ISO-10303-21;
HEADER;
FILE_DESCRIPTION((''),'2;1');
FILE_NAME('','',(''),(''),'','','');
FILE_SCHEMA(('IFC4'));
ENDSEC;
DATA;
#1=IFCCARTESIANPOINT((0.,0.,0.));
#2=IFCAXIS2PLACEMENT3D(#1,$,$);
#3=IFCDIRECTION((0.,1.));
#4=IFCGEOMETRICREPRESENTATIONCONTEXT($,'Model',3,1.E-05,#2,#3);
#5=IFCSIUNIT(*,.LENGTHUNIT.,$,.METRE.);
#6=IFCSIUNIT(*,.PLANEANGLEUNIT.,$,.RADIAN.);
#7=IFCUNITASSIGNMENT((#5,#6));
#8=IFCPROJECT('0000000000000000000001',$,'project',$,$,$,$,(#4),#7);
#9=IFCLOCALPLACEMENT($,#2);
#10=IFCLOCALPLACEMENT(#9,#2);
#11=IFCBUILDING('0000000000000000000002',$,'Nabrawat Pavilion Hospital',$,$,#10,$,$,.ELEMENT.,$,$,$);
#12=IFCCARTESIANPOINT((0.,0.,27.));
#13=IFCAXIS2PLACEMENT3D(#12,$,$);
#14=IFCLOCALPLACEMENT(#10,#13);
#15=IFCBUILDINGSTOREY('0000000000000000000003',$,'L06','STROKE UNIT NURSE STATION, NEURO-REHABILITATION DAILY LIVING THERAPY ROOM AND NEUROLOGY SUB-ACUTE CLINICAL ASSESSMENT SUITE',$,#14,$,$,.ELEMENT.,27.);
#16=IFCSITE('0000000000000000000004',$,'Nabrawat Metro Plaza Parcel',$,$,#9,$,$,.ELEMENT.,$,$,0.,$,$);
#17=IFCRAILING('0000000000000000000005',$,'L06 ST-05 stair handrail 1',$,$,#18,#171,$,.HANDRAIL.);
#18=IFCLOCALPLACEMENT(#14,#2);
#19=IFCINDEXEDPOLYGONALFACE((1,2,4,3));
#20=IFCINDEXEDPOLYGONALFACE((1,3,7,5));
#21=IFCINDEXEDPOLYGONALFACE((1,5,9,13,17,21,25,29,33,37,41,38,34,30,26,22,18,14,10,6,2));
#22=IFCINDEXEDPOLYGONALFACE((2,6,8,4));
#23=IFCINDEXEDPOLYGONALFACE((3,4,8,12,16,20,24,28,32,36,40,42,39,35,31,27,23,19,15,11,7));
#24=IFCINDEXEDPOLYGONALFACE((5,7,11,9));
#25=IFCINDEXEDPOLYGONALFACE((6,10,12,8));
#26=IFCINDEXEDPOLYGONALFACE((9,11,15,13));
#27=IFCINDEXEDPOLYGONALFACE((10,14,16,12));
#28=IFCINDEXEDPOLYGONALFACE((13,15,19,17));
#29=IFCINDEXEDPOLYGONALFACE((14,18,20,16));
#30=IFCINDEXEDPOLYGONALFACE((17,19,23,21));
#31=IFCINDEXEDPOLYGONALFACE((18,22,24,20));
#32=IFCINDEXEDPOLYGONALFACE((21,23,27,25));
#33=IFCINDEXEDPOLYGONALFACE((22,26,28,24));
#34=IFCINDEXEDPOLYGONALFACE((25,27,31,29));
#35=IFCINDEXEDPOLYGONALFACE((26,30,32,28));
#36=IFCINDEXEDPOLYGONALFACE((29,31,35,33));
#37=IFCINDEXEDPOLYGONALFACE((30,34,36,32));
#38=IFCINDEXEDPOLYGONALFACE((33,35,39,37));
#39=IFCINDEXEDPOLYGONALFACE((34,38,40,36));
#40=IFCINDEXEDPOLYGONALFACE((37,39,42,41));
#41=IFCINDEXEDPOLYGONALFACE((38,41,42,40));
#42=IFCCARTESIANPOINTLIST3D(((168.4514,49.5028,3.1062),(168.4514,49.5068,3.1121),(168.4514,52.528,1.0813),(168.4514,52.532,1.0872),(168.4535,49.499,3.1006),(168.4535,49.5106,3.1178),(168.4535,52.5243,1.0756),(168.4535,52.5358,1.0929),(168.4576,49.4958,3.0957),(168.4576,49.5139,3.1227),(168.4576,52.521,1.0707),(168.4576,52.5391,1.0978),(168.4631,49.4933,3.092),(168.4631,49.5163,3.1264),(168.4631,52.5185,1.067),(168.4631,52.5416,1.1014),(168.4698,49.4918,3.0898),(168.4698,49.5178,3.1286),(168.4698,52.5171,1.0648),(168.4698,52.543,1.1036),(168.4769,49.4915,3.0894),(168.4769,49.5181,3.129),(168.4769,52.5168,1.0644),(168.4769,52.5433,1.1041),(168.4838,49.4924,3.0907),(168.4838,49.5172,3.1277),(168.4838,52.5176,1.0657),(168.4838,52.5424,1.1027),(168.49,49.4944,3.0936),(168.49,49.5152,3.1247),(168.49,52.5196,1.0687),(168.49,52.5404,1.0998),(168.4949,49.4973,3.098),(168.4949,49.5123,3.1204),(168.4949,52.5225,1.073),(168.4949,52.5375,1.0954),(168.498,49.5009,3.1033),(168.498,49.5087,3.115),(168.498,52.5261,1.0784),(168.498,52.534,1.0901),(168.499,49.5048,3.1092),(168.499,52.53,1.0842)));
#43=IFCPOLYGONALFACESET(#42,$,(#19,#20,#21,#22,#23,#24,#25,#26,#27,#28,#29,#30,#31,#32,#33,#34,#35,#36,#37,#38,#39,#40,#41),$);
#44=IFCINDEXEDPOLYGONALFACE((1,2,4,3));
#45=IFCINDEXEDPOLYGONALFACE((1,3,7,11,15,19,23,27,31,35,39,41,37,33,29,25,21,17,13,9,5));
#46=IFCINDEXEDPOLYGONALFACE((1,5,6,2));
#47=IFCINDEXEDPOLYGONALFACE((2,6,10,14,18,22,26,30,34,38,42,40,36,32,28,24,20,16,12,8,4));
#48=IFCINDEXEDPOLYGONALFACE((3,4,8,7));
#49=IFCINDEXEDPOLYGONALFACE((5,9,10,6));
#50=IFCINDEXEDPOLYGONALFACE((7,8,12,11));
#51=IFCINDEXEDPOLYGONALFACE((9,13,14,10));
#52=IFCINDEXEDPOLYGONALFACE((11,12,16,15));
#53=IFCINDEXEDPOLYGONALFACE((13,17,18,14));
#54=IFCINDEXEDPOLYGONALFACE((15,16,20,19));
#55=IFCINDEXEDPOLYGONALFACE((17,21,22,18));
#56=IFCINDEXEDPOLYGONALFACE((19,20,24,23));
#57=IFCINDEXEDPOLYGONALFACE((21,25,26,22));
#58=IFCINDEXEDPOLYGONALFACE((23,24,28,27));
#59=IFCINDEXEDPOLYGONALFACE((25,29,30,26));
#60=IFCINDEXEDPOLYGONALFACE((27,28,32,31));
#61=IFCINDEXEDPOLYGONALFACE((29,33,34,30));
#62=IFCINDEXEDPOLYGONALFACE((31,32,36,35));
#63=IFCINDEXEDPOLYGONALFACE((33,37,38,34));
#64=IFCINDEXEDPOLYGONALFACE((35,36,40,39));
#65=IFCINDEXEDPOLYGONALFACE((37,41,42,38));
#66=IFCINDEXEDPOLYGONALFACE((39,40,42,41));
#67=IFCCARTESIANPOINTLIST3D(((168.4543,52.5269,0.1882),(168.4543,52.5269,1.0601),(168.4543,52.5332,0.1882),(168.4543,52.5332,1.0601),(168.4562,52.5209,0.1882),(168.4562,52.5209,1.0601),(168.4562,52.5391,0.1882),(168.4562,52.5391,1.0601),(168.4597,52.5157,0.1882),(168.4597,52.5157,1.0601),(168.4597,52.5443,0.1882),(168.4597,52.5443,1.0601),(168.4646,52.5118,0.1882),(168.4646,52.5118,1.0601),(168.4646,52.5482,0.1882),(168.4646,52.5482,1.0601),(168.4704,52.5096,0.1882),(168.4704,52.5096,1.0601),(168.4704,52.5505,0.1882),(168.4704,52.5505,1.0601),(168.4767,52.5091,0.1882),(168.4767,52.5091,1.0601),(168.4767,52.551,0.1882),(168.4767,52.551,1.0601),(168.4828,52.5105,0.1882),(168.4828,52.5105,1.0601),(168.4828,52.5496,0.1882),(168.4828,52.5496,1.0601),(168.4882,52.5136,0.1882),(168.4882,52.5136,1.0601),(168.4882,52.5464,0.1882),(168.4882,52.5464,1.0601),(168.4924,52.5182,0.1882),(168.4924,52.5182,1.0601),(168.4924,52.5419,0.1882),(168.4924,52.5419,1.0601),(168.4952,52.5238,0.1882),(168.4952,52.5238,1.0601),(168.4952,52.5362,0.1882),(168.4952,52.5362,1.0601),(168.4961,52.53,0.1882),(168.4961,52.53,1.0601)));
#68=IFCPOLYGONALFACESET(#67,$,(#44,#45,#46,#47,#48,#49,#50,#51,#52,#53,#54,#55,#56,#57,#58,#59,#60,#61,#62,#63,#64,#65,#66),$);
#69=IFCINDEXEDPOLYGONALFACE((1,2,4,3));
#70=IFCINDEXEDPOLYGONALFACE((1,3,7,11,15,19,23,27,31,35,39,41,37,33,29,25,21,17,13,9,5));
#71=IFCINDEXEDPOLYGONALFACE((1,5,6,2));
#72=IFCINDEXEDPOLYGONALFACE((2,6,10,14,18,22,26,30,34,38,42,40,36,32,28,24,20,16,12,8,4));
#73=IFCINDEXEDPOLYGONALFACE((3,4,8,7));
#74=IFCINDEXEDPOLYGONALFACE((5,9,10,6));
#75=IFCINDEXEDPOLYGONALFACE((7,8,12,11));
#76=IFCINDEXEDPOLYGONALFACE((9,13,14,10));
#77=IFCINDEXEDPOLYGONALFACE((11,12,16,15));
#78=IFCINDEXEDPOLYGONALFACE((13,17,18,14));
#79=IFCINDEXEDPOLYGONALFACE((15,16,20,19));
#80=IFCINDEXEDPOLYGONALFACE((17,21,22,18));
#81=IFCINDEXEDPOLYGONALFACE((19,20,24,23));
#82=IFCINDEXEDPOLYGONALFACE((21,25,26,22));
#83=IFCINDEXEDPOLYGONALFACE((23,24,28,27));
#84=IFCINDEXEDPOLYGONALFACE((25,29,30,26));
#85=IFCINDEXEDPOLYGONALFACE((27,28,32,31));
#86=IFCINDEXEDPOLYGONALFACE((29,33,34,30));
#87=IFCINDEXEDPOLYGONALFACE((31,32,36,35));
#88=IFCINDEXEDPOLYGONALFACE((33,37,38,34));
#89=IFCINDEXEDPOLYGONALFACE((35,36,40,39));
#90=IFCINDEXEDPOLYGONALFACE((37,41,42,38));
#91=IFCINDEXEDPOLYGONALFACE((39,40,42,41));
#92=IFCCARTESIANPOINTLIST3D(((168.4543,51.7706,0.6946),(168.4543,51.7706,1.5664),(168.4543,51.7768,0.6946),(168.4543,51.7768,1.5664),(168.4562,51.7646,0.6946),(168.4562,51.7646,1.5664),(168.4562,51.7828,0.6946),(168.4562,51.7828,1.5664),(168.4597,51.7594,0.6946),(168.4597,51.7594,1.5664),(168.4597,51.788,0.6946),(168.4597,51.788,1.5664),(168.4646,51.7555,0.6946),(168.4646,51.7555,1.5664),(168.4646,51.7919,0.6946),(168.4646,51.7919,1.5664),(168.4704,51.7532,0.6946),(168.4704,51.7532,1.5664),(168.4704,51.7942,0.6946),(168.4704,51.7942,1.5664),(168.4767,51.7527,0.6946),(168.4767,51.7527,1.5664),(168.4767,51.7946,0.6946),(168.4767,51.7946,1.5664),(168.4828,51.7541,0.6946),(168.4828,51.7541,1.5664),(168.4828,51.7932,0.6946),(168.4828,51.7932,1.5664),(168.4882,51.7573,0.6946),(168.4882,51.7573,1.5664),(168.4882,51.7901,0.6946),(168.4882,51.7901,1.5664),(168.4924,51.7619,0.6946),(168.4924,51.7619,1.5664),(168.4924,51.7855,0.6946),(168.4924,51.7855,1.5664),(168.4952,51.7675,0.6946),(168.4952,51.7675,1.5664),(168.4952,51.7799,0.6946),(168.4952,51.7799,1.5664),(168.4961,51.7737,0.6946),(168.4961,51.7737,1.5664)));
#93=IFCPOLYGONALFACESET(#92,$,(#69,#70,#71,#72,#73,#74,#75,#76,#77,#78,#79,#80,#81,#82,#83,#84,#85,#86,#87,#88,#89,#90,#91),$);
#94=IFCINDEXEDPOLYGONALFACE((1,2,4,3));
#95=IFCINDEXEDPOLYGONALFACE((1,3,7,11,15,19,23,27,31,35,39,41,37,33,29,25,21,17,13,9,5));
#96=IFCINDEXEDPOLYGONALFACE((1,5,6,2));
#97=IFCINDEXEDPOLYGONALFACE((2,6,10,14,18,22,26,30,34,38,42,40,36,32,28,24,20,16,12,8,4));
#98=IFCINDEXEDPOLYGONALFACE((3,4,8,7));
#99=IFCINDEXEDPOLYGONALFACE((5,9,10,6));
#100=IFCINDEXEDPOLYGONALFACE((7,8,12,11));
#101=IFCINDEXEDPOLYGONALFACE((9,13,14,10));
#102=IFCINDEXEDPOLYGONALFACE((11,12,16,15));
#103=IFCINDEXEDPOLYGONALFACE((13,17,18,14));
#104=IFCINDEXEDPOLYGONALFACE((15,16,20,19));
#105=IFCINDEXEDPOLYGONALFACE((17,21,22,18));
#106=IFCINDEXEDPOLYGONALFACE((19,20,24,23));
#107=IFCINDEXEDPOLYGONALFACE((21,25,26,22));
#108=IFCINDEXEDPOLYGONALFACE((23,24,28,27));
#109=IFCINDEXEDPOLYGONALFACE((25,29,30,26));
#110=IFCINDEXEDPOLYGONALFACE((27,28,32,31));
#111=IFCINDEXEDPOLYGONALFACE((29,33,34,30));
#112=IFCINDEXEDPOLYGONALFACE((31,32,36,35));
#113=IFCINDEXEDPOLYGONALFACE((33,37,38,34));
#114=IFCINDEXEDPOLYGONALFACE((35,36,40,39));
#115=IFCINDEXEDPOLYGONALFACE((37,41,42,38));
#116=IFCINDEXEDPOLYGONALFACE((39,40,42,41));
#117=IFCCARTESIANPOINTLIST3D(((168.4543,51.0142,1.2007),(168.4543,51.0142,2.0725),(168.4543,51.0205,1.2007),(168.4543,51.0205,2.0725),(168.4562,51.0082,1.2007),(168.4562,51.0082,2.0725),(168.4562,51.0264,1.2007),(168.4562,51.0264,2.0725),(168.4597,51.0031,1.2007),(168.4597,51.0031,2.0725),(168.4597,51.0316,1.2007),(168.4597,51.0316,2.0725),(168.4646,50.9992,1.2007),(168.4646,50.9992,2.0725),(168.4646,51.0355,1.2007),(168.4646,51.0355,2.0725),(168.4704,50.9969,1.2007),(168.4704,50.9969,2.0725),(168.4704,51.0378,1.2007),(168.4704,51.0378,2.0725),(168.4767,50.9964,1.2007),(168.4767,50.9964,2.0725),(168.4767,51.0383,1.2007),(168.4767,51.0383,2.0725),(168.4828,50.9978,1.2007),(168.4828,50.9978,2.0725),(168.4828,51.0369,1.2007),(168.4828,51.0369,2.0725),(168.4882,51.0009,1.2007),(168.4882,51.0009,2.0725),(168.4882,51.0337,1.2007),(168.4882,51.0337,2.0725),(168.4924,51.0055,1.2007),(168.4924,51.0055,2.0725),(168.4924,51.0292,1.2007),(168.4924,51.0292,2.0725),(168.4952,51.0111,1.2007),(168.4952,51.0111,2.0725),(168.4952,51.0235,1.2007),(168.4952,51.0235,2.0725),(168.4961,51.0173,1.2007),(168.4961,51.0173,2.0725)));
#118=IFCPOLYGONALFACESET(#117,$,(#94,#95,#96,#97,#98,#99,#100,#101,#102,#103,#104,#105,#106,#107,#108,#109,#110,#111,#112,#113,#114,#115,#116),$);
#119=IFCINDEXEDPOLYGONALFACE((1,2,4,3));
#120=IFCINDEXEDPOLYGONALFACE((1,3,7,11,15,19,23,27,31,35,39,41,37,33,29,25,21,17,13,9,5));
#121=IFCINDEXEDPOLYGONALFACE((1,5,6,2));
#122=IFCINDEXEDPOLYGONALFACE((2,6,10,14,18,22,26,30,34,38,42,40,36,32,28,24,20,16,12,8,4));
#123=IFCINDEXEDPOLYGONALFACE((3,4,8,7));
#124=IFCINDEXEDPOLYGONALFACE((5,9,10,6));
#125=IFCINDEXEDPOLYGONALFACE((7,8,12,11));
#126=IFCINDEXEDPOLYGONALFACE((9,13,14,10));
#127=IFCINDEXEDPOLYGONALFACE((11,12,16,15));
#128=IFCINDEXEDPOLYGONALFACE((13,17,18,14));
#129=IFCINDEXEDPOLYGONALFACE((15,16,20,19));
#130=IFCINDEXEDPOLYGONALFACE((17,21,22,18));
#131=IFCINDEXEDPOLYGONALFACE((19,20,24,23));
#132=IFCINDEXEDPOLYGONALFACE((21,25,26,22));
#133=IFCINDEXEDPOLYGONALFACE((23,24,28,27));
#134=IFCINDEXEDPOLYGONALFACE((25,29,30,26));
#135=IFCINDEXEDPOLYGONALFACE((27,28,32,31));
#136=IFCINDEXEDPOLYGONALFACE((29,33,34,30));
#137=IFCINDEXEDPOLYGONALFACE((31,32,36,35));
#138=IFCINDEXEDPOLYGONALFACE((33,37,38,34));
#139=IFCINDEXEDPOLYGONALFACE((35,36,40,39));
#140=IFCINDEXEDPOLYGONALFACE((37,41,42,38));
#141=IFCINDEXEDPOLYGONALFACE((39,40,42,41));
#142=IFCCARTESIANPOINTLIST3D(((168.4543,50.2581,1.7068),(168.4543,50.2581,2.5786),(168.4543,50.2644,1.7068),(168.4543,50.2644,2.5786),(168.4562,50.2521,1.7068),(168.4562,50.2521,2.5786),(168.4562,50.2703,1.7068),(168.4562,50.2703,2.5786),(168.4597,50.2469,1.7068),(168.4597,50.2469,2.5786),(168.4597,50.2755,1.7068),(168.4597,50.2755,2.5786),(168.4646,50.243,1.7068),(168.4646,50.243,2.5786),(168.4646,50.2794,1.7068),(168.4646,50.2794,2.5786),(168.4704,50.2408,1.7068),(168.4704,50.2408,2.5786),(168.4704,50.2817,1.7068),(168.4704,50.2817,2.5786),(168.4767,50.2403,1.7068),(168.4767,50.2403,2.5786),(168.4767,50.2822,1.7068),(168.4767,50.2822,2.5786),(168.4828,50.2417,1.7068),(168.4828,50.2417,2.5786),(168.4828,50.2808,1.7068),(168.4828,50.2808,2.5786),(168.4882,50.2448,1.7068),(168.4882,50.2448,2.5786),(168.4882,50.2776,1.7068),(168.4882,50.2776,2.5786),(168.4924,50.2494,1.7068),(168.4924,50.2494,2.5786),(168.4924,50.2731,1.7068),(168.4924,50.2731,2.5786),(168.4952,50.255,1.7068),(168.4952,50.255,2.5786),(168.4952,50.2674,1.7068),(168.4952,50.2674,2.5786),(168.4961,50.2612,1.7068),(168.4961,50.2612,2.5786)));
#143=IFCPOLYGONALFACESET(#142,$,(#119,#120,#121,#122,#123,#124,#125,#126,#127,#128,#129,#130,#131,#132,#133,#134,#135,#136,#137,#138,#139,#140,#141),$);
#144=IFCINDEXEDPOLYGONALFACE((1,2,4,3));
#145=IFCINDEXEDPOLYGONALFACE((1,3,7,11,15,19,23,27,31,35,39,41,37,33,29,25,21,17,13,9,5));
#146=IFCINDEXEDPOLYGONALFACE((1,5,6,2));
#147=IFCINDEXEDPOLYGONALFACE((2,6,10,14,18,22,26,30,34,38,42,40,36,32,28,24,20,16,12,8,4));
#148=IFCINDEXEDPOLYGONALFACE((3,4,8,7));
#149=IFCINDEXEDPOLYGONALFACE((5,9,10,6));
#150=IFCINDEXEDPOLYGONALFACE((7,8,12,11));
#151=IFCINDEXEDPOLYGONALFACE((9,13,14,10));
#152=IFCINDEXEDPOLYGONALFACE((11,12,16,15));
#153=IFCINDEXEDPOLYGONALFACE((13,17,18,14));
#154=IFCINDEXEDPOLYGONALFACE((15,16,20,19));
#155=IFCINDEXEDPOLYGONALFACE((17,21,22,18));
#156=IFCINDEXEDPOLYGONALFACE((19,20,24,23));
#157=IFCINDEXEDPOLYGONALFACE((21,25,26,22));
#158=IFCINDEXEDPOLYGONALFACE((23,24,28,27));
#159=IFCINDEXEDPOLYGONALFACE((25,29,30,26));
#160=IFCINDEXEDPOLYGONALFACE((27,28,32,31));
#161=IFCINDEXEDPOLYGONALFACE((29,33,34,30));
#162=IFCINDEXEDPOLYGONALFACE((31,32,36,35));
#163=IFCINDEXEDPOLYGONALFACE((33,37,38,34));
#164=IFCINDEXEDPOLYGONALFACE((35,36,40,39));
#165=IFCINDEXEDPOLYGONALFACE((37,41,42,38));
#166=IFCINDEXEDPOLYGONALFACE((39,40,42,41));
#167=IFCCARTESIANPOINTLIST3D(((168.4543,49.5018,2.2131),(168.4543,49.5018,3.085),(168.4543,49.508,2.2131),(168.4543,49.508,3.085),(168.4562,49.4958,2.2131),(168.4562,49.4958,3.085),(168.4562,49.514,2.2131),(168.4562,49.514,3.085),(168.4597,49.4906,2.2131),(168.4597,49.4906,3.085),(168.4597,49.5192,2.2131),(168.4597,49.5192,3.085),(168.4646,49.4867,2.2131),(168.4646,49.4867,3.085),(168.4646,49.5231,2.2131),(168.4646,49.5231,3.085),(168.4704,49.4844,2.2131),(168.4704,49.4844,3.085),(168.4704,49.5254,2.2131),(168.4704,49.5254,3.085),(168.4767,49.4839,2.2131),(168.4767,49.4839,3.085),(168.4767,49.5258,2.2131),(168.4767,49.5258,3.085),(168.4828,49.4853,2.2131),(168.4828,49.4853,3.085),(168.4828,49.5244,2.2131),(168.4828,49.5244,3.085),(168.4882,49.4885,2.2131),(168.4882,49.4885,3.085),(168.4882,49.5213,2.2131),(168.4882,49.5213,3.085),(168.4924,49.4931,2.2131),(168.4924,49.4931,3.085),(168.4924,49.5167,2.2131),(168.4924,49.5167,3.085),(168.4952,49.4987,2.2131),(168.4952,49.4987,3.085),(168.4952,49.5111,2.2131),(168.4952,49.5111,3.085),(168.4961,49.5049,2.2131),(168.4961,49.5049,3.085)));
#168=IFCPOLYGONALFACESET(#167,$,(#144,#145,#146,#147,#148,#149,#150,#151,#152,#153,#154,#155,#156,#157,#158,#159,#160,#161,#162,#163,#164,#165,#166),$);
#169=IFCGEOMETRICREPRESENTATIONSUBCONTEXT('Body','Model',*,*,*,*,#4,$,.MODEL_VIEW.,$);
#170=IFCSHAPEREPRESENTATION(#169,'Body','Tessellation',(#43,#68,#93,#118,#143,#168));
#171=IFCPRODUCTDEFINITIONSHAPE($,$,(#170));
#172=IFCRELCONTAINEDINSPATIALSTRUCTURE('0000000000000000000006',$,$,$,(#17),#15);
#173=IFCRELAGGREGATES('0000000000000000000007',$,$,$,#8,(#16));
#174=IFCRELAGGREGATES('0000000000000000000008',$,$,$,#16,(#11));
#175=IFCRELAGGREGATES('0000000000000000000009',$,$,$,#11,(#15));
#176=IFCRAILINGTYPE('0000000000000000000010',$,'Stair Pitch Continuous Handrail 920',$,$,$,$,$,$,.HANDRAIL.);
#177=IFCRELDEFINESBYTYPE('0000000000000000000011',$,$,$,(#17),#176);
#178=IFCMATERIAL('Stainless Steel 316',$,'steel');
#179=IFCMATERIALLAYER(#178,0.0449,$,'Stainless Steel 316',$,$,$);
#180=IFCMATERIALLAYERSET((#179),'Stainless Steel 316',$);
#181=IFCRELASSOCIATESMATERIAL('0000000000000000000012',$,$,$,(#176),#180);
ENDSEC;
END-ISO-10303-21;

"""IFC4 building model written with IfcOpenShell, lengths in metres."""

from ifc_helpers import new_model, si_unit, direction, frame, origin, origin_2d, place, context, subcontext, project, spatial, circle, extrude, material, layer, layer_set, type_object, element, save


model = new_model("IFC4")

# Units and contexts
model_context = context("Model", 3, precision=1e-05, world=origin(), true_north=direction((0.0, 1.0)))
body_context = subcontext(model_context, "Body", "Model", "MODEL_VIEW")
ifc_project = project(units=[si_unit("LENGTHUNIT", "METRE"), si_unit("PLANEANGLEUNIT", "RADIAN")], contexts=[model_context])

# Site, building, storey
site_placement = place(None, origin())
site = spatial("IfcSite", under=ifc_project, at=site_placement, Name="Nabrawat Metro Plaza Parcel", CompositionType="ELEMENT", RefElevation=0.0)
building_placement = place(site_placement, origin())
building = spatial("IfcBuilding", under=site, at=building_placement, Name="Nabrawat Pavilion Hospital", CompositionType="ELEMENT")
storey_placement = place(building_placement, frame((0.0, 0.0, 27.0)))
storey = spatial("IfcBuildingStorey", under=building, at=storey_placement, Name="L06", Description="STROKE UNIT NURSE STATION, NEURO-REHABILITATION DAILY LIVING THERAPY ROOM AND NEUROLOGY SUB-ACUTE CLINICAL ASSESSMENT SUITE", CompositionType="ELEMENT", Elevation=27.0)

# Railing
ifc_material_1 = material(Name="Stainless Steel 316", Category="steel")
ifc_layer_1 = layer(ifc_material_1, 0.0449, Name="Stainless Steel 316")
ifc_layer_set_1 = layer_set([ifc_layer_1], Name="Stainless Steel 316")
railing_type_1 = type_object("IfcRailingType", Name="Stair Pitch Continuous Handrail 920", PredefinedType="HANDRAIL", material=ifc_layer_set_1)
railing_1_placement = place(storey_placement, frame((168.4751, 52.53, 0.1882)))
element("IfcRailing", 1, at=railing_1_placement, inside=storey, type_object=railing_type_1, Name="L06 ST-05 stair handrail 1", PredefinedType="HANDRAIL", context=body_context, shape_type="SweptSolid", body=[
    extrude(circle(Radius=0.0239, at=origin_2d()), frame((0.0, 0.0, 0.896), z_axis=(0.0, -0.831017, 0.556247), x_axis=(1.0, 0.0, 0.0)), (0.0, 0.0, 1.0), 3.6404),
    extrude(circle(Radius=0.021, at=origin_2d()), origin(), (0.0, 0.0, 1.0), 0.8718),
    extrude(circle(Radius=0.021, at=origin_2d()), frame((0.0, -0.7563, 0.5063)), (0.0, 0.0, 1.0), 0.8718),
    extrude(circle(Radius=0.021, at=origin_2d()), frame((0.0, -1.5127, 1.0125)), (0.0, 0.0, 1.0), 0.8718),
    extrude(circle(Radius=0.021, at=origin_2d()), frame((0.0, -2.2688, 1.5186)), (0.0, 0.0, 1.0), 0.8718),
    extrude(circle(Radius=0.021, at=origin_2d()), frame((0.0, -3.0251, 2.0249)), (0.0, 0.0, 1.0), 0.8718),
])

save(model, "model.ifc")
